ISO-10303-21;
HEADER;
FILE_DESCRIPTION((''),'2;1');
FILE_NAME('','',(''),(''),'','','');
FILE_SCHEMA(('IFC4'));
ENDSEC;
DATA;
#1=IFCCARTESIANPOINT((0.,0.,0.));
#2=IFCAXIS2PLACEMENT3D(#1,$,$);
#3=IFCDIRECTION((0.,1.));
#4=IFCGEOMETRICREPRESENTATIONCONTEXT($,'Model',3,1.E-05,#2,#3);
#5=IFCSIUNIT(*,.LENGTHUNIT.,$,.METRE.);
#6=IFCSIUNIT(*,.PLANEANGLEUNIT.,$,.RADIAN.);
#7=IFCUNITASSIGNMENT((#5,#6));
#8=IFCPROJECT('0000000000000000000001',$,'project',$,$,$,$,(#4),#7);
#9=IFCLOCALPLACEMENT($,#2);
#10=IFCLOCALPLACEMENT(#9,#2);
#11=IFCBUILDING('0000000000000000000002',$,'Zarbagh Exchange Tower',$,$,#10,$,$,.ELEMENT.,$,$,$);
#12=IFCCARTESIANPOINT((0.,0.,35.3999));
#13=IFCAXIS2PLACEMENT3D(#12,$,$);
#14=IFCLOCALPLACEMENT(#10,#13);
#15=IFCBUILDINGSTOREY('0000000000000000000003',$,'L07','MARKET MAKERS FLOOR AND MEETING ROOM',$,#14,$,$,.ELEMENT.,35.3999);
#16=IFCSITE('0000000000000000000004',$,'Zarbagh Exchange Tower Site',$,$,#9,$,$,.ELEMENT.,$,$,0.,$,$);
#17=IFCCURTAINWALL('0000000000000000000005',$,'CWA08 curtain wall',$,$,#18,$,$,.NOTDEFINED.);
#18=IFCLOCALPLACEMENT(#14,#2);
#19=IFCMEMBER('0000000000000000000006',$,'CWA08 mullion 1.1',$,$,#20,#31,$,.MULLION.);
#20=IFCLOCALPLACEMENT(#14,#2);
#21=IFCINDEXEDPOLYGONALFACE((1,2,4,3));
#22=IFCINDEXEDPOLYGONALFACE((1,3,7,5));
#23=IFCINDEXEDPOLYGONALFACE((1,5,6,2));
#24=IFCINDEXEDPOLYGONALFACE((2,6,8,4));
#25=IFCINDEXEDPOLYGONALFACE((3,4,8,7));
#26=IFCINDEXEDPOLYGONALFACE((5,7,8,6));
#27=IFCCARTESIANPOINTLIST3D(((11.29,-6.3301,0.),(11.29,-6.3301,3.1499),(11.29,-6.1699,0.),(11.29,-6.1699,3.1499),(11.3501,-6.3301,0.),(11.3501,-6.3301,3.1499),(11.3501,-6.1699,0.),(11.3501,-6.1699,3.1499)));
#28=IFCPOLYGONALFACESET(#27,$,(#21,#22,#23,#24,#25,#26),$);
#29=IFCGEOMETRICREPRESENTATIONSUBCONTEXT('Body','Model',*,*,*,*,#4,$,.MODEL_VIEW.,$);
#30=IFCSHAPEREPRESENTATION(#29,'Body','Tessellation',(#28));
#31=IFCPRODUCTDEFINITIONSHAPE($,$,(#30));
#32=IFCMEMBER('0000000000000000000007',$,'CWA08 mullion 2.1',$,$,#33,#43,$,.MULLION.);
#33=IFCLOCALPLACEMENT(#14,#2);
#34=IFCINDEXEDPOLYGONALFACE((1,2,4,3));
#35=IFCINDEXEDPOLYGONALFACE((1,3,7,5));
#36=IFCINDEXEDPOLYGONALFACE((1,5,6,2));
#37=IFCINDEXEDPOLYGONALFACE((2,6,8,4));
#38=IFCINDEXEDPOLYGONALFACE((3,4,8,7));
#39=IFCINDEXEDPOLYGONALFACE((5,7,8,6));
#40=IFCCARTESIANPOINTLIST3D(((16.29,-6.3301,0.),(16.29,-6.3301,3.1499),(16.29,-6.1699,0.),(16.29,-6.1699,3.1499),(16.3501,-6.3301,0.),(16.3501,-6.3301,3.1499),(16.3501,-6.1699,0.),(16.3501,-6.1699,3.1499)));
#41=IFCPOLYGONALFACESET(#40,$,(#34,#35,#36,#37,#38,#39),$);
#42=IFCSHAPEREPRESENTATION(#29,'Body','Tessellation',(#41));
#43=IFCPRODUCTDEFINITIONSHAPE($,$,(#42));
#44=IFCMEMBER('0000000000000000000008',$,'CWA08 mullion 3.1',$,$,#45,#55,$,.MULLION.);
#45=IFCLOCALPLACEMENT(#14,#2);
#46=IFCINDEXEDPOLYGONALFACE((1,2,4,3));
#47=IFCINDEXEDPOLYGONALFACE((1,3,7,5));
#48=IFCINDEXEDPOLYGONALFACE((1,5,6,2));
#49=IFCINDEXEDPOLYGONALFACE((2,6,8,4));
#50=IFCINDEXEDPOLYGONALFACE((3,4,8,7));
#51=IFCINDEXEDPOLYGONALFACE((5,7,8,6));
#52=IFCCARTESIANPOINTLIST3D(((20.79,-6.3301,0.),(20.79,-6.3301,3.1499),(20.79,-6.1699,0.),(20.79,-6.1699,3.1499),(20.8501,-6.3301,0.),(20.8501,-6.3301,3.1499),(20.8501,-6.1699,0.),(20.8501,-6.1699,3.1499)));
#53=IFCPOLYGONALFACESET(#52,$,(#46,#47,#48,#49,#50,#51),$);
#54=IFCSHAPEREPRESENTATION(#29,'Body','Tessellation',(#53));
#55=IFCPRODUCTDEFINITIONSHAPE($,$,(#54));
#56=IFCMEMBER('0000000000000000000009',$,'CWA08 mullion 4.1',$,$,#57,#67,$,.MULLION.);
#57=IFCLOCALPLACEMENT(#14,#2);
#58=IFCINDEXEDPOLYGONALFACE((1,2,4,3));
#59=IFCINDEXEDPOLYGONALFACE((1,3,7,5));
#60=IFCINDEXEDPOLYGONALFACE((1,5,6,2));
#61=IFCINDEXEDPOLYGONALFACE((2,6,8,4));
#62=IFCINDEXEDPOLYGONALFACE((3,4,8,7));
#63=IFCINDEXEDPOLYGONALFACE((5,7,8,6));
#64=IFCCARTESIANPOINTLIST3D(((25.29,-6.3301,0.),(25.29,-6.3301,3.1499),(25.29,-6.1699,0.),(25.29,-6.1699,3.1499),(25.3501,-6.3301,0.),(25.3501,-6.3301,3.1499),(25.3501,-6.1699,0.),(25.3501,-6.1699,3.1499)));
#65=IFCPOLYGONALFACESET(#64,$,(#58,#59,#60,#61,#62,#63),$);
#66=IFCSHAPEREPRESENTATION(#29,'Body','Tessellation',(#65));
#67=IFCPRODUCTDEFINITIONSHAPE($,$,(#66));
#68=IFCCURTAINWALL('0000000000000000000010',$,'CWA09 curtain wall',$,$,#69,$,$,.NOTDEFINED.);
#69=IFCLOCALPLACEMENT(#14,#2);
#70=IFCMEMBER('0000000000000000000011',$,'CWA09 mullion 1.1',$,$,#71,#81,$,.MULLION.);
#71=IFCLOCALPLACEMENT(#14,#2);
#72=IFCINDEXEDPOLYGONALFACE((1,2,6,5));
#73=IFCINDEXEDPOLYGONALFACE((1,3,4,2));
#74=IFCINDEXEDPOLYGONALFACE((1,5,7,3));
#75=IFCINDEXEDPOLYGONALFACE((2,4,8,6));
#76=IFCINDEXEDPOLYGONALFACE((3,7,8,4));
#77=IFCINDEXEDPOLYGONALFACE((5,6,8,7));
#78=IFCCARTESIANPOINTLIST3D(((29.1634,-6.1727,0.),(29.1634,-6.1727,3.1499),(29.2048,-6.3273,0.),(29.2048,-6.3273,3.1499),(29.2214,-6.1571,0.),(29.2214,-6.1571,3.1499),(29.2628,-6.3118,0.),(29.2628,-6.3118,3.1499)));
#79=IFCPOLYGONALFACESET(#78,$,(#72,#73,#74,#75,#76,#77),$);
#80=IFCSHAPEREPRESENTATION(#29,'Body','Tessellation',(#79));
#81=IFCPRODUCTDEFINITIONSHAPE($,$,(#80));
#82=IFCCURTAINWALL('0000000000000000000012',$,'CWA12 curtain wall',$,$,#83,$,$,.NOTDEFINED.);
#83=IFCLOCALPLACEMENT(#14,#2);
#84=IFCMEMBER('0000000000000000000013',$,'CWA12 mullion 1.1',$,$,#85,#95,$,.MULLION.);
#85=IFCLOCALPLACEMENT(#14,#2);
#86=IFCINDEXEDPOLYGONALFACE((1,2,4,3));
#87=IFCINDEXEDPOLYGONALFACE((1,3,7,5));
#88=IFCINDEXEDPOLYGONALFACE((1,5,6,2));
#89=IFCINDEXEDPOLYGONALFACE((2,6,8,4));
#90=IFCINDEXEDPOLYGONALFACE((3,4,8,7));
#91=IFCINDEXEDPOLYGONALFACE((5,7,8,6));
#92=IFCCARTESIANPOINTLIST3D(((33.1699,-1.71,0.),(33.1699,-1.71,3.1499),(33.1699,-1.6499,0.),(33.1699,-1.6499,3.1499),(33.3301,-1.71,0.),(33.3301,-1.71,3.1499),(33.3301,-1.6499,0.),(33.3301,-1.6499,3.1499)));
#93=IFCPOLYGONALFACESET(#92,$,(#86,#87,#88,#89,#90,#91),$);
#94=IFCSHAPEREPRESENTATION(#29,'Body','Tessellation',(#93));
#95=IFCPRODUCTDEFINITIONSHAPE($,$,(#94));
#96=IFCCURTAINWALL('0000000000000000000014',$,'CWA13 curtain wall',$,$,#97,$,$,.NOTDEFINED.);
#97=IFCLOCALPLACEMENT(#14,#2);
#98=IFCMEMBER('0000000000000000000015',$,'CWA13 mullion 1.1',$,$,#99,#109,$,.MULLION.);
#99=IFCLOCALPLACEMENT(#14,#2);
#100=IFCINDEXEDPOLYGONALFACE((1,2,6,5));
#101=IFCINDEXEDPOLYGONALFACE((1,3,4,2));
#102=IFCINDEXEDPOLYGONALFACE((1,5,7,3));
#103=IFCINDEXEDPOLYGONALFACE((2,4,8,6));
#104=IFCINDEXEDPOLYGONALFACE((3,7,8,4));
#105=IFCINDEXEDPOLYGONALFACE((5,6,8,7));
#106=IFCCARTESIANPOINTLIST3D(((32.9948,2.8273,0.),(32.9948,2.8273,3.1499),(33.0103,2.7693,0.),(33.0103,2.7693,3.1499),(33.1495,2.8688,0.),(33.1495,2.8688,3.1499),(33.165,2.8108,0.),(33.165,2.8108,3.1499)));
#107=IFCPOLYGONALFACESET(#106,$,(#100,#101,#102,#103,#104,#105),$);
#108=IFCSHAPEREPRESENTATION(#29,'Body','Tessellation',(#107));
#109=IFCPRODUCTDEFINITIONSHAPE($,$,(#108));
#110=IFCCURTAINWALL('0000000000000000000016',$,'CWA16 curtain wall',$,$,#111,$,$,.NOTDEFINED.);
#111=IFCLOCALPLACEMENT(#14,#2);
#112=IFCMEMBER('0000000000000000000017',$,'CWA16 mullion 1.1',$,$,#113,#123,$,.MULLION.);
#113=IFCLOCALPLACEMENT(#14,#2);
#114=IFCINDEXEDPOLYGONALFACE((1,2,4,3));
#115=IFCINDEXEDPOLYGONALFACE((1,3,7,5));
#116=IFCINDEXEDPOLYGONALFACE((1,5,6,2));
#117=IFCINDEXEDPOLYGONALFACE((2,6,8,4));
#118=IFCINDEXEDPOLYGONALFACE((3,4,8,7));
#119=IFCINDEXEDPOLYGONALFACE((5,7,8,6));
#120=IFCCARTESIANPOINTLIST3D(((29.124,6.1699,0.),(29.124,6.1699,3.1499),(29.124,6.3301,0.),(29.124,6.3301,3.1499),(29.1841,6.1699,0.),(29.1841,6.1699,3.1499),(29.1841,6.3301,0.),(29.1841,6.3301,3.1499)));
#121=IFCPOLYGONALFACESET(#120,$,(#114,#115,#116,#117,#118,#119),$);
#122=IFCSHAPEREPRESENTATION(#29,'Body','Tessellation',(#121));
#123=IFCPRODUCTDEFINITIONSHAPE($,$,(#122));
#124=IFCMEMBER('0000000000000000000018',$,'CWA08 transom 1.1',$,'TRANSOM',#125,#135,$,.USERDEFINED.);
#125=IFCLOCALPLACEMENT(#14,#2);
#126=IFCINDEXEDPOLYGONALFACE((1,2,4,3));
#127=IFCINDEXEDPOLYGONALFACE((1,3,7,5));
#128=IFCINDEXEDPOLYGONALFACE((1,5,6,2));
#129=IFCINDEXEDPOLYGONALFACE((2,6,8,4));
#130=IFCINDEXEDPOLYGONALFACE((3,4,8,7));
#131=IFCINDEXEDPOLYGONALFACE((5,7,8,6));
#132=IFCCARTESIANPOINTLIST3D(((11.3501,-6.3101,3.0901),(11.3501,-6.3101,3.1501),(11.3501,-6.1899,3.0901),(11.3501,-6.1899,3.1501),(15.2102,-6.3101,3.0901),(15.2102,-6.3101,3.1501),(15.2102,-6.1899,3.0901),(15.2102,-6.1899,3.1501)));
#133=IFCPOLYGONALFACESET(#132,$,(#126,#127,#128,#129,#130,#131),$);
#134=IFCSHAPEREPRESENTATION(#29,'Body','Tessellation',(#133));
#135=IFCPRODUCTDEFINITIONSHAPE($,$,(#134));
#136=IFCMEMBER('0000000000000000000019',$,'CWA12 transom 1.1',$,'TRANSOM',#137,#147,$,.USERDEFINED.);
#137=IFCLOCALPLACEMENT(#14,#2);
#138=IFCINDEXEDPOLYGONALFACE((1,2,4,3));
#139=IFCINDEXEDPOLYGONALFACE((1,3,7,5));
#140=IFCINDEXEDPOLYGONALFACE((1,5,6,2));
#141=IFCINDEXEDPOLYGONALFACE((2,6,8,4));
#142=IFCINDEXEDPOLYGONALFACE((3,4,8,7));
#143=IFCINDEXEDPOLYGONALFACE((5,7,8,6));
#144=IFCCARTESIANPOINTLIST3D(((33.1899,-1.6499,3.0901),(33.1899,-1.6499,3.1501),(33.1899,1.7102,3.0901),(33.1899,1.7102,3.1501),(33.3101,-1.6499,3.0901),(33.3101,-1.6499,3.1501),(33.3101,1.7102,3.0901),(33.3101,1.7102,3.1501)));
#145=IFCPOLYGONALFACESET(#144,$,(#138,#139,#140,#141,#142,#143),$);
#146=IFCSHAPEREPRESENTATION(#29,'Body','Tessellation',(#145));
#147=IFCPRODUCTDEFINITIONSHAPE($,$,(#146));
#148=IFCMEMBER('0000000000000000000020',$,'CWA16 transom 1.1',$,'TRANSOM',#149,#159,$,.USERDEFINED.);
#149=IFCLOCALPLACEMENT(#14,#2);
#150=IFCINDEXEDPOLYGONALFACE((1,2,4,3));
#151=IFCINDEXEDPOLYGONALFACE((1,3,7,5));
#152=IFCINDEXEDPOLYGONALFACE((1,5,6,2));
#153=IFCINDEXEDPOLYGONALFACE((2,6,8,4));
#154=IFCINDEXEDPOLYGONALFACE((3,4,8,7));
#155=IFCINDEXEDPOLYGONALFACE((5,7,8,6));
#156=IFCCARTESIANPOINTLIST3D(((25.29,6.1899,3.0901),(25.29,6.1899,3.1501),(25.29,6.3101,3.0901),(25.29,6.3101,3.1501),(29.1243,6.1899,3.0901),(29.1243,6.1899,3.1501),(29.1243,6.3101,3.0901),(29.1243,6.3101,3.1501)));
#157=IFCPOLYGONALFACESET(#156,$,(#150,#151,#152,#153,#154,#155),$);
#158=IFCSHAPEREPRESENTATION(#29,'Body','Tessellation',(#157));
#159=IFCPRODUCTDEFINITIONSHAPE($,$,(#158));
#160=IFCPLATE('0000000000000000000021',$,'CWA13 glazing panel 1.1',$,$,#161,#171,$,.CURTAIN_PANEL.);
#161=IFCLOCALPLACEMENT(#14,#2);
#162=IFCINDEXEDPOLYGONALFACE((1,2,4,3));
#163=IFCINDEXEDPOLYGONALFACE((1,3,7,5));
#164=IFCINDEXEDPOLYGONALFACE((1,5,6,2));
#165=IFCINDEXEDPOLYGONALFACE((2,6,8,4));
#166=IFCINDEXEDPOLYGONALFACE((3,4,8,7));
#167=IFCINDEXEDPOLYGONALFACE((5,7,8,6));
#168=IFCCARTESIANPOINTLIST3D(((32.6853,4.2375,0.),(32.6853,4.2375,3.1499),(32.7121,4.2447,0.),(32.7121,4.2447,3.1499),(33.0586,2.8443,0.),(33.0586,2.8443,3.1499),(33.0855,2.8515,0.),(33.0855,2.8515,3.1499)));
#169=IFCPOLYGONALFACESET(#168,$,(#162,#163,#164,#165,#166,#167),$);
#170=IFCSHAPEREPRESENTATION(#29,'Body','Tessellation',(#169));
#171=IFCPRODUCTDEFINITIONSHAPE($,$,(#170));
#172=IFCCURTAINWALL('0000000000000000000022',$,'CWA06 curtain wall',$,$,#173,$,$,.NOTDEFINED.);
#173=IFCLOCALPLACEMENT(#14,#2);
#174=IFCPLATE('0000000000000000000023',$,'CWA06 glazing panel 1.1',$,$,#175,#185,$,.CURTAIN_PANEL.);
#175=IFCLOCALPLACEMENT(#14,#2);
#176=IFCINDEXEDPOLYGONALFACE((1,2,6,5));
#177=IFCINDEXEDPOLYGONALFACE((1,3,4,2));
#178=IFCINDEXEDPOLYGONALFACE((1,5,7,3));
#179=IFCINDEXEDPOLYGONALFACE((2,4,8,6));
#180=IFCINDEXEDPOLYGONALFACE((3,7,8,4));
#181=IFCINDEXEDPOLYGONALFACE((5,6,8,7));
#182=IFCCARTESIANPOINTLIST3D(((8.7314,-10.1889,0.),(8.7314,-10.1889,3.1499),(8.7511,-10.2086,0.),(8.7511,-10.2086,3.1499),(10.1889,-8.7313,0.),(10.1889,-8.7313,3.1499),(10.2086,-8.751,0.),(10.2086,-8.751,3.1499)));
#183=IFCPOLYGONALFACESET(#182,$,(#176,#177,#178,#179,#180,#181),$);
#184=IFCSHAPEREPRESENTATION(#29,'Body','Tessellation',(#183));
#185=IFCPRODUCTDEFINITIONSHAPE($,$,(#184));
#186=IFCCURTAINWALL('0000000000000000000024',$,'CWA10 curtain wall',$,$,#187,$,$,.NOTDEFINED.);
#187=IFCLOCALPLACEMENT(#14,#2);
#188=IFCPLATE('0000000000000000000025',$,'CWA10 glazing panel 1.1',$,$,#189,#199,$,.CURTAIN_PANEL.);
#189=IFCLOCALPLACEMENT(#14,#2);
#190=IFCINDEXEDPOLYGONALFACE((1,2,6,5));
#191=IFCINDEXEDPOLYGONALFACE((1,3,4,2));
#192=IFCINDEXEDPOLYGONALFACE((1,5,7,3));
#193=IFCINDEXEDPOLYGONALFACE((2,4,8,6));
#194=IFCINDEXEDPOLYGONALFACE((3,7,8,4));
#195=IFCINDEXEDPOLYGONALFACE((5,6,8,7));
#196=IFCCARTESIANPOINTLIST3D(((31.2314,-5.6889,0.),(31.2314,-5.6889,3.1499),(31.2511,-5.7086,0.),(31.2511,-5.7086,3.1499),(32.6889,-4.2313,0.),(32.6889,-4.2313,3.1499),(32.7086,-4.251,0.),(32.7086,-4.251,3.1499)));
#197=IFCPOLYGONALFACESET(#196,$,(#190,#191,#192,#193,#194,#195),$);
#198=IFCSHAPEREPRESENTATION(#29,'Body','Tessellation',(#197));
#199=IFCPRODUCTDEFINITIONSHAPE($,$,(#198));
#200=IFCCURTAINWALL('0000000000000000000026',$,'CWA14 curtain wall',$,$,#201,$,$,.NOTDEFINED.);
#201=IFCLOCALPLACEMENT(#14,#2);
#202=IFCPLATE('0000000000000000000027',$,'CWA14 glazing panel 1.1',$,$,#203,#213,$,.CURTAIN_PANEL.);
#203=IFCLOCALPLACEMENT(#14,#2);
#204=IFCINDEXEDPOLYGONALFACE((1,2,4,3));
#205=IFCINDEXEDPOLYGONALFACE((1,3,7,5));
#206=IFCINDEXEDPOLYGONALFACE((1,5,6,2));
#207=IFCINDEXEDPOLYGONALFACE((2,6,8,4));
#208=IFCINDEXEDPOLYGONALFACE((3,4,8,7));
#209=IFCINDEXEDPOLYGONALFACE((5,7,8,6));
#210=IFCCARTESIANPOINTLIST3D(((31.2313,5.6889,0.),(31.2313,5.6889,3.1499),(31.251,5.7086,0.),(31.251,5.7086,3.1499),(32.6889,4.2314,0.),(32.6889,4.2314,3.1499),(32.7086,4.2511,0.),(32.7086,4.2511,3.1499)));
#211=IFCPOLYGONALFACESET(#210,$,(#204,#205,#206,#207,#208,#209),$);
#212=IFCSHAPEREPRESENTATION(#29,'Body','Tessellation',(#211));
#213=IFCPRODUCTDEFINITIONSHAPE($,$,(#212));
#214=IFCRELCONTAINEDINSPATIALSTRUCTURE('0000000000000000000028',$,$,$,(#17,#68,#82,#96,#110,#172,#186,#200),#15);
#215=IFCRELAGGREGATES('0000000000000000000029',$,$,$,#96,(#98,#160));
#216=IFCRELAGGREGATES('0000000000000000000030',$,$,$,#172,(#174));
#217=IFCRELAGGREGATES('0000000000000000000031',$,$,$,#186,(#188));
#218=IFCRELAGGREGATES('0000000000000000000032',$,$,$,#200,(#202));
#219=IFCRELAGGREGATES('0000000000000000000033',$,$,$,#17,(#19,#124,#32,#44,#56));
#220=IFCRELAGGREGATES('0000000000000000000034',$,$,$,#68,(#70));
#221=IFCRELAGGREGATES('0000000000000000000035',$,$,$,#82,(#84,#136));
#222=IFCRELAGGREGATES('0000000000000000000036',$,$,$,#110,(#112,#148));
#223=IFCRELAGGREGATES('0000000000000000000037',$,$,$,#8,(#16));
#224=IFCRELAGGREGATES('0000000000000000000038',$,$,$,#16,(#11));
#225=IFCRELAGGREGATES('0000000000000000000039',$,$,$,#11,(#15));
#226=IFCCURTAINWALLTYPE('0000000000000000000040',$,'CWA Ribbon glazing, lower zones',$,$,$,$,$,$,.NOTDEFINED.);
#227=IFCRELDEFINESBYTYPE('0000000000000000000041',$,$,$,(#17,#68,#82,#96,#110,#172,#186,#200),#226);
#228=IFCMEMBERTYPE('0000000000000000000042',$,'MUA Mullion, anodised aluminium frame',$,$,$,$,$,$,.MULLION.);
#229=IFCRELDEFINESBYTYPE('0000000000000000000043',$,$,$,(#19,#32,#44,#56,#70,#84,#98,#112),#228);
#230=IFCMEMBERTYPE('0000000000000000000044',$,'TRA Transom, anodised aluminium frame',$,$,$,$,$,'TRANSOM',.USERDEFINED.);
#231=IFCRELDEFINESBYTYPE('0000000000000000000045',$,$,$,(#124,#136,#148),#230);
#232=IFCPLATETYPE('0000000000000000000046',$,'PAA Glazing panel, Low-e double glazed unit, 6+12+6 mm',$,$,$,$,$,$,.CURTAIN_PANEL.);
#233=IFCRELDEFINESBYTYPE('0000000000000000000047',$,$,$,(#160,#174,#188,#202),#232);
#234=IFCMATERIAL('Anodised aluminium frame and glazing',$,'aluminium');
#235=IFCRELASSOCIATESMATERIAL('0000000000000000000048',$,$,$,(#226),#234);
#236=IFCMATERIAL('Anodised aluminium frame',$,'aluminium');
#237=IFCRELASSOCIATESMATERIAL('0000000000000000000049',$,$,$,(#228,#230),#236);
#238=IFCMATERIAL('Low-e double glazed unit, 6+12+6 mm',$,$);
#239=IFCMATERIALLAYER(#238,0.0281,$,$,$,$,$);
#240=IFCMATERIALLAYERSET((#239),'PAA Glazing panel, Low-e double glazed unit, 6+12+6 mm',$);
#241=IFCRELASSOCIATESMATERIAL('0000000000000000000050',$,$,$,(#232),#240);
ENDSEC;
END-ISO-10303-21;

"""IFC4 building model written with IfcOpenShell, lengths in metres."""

from ifc_helpers import new_model, si_unit, direction, frame, origin, place, context, subcontext, project, spatial, polyline, outline, extrude, source, transform, mapped, material, layer, layer_set, type_object, element, aggregate, save


model = new_model("IFC4")

# Units and contexts
model_context = context("Model", 3, precision=1e-05, world=origin(), true_north=direction((0.0, 1.0)))
body_context = subcontext(model_context, "Body", "Model", "MODEL_VIEW")
ifc_project = project(units=[si_unit("LENGTHUNIT", "METRE"), si_unit("PLANEANGLEUNIT", "RADIAN")], contexts=[model_context])

# Site, building, storey
site_placement = place(None, origin())
site = spatial("IfcSite", under=ifc_project, at=site_placement, Name="Zarbagh Exchange Tower Site", CompositionType="ELEMENT", RefElevation=0.0)
building_placement = place(site_placement, origin())
building = spatial("IfcBuilding", under=site, at=building_placement, Name="Zarbagh Exchange Tower", CompositionType="ELEMENT")
storey_placement = place(building_placement, frame((0.0, 0.0, 35.3999)))
storey = spatial("IfcBuildingStorey", under=building, at=storey_placement, Name="L07", Description="MARKET MAKERS FLOOR AND MEETING ROOM", CompositionType="ELEMENT", Elevation=35.3999)

# Curtain wall, members
ifc_material_1 = material(Name="Anodised aluminium frame and glazing", Category="aluminium")
curtain_wall_type = type_object("IfcCurtainWallType", Name="CWA Ribbon glazing, lower zones", PredefinedType="NOTDEFINED", material=ifc_material_1)
curtain_wall_1_placement = place(storey_placement, origin())
curtain_wall_1 = element("IfcCurtainWall", 1, at=curtain_wall_1_placement, inside=storey, type_object=curtain_wall_type, Name="CWA08 curtain wall", PredefinedType="NOTDEFINED")
ifc_material_2 = material(Name="Anodised aluminium frame", Category="aluminium")
member_type_1 = type_object("IfcMemberType", Name="MUA Mullion, anodised aluminium frame", PredefinedType="MULLION", material=ifc_material_2)
shared_shape_1 = source(origin(), body_context, "Body", "SweptSolid", [
    extrude(outline(polyline([(0.0, -0.0801), (0.0601, -0.0801), (0.0601, 0.0801), (0.0, 0.0801), (0.0, -0.0801)])), origin(), (0.0, 0.0, 1.0), 3.1499),
])
placement = place(storey_placement, origin())
member_1 = element("IfcMember", 2, at=placement, type_object=member_type_1, Name="CWA08 mullion 1.1", PredefinedType="MULLION", context=body_context, shape_type="MappedRepresentation", body=[
    mapped(shared_shape_1, transform((11.29, -6.25, 0.0), x_axis=(1.0, 0.0, 0.0), y_axis=(0.0, 1.0, 0.0), z_axis=(0.0, 0.0, 1.0))),
])
member_2 = element("IfcMember", 3, at=placement, type_object=member_type_1, Name="CWA08 mullion 2.1", PredefinedType="MULLION", context=body_context, shape_type="MappedRepresentation", body=[
    mapped(shared_shape_1, transform((16.29, -6.25, 0.0), x_axis=(1.0, 0.0, 0.0), y_axis=(0.0, 1.0, 0.0), z_axis=(0.0, 0.0, 1.0))),
])
member_3 = element("IfcMember", 4, at=placement, type_object=member_type_1, Name="CWA08 mullion 3.1", PredefinedType="MULLION", context=body_context, shape_type="MappedRepresentation", body=[
    mapped(shared_shape_1, transform((20.79, -6.25, 0.0), x_axis=(1.0, 0.0, 0.0), y_axis=(0.0, 1.0, 0.0), z_axis=(0.0, 0.0, 1.0))),
])
member_4 = element("IfcMember", 5, at=placement, type_object=member_type_1, Name="CWA08 mullion 4.1", PredefinedType="MULLION", context=body_context, shape_type="MappedRepresentation", body=[
    mapped(shared_shape_1, transform((25.29, -6.25, 0.0), x_axis=(1.0, 0.0, 0.0), y_axis=(0.0, 1.0, 0.0), z_axis=(0.0, 0.0, 1.0))),
])

# Curtain walls, members
curtain_wall_2_placement = place(storey_placement, origin())
curtain_wall_2 = element("IfcCurtainWall", 6, at=curtain_wall_2_placement, inside=storey, type_object=curtain_wall_type, Name="CWA09 curtain wall", PredefinedType="NOTDEFINED")
member_5 = element("IfcMember", 7, at=placement, type_object=member_type_1, Name="CWA09 mullion 1.1", PredefinedType="MULLION", context=body_context, shape_type="MappedRepresentation", body=[
    mapped(shared_shape_1, transform((29.1841, -6.25, 0.0), x_axis=(0.965924, 0.258825, 0.0), y_axis=(-0.258825, 0.965924, 0.0), z_axis=(0.0, 0.0, 1.0))),
])
curtain_wall_3_placement = place(storey_placement, origin())
curtain_wall_3 = element("IfcCurtainWall", 8, at=curtain_wall_3_placement, inside=storey, type_object=curtain_wall_type, Name="CWA12 curtain wall", PredefinedType="NOTDEFINED")
member_6 = element("IfcMember", 9, at=placement, type_object=member_type_1, Name="CWA12 mullion 1.1", PredefinedType="MULLION", context=body_context, shape_type="MappedRepresentation", body=[
    mapped(shared_shape_1, transform((33.25, -1.71, 0.0), x_axis=(0.0, 1.0, 0.0), y_axis=(-1.0, 0.0, 0.0), z_axis=(0.0, 0.0, 1.0))),
])
curtain_wall_4_placement = place(storey_placement, origin())
curtain_wall_4 = element("IfcCurtainWall", 10, at=curtain_wall_4_placement, inside=storey, type_object=curtain_wall_type, Name="CWA13 curtain wall", PredefinedType="NOTDEFINED")
member_7 = element("IfcMember", 11, at=placement, type_object=member_type_1, Name="CWA13 mullion 1.1", PredefinedType="MULLION", context=body_context, shape_type="MappedRepresentation", body=[
    mapped(shared_shape_1, transform((33.0876, 2.79, 0.0), x_axis=(-0.258825, 0.965924, 0.0), y_axis=(-0.965924, -0.258825, 0.0), z_axis=(0.0, 0.0, 1.0))),
])
curtain_wall_5_placement = place(storey_placement, origin())
curtain_wall_5 = element("IfcCurtainWall", 12, at=curtain_wall_5_placement, inside=storey, type_object=curtain_wall_type, Name="CWA16 curtain wall", PredefinedType="NOTDEFINED")
member_8 = element("IfcMember", 13, at=placement, type_object=member_type_1, Name="CWA16 mullion 1.1", PredefinedType="MULLION", context=body_context, shape_type="MappedRepresentation", body=[
    mapped(shared_shape_1, transform((29.1841, 6.25, 0.0), x_axis=(-1.0, 0.0, 0.0), y_axis=(0.0, -1.0, 0.0), z_axis=(0.0, 0.0, 1.0))),
])

# Members
member_type_2 = type_object("IfcMemberType", Name="TRA Transom, anodised aluminium frame", ElementType="TRANSOM", PredefinedType="USERDEFINED", material=ifc_material_2)
shared_shape_2 = source(origin(), body_context, "Body", "SweptSolid", [
    extrude(outline(polyline([(-0.0601, -0.0601), (0.0, -0.0601), (0.0, 0.0601), (-0.0601, 0.0601), (-0.0601, -0.0601)])), origin(), (0.0, 0.0, 1.0), 3.8601),
])
member_9 = element("IfcMember", 14, at=placement, type_object=member_type_2, Name="CWA08 transom 1.1", ObjectType="TRANSOM", PredefinedType="USERDEFINED", context=body_context, shape_type="MappedRepresentation", body=[
    mapped(shared_shape_2, transform((11.3501, -6.25, 3.1501), x_axis=(0.0, 0.0, 1.0), y_axis=(0.0, -1.0, 0.0), z_axis=(1.0, 0.0, 0.0))),
])
shared_shape_3 = source(origin(), body_context, "Body", "SweptSolid", [
    extrude(outline(polyline([(-0.0601, -0.0601), (0.0, -0.0601), (0.0, 0.0601), (-0.0601, 0.0601), (-0.0601, -0.0601)])), origin(), (0.0, 0.0, 1.0), 3.3601),
])
member_10 = element("IfcMember", 15, at=placement, type_object=member_type_2, Name="CWA12 transom 1.1", ObjectType="TRANSOM", PredefinedType="USERDEFINED", context=body_context, shape_type="MappedRepresentation", body=[
    mapped(shared_shape_3, transform((33.25, -1.6499, 3.1501), x_axis=(0.0, 0.0, 1.0), y_axis=(1.0, 0.0, 0.0), z_axis=(0.0, 1.0, 0.0))),
])
shared_shape_4 = source(origin(), body_context, "Body", "SweptSolid", [
    extrude(outline(polyline([(-0.0601, -0.0601), (0.0, -0.0601), (0.0, 0.0601), (-0.0601, 0.0601), (-0.0601, -0.0601)])), origin(), (0.0, 0.0, 1.0), 3.8342),
])
member_11 = element("IfcMember", 16, at=placement, type_object=member_type_2, Name="CWA16 transom 1.1", ObjectType="TRANSOM", PredefinedType="USERDEFINED", context=body_context, shape_type="MappedRepresentation", body=[
    mapped(shared_shape_4, transform((29.1243, 6.25, 3.1501), x_axis=(0.0, 0.0, 1.0), y_axis=(0.0, 1.0, 0.0), z_axis=(-1.0, 0.0, 0.0))),
])

# Plate
ifc_material_3 = material(Name="Low-e double glazed unit, 6+12+6 mm")
ifc_layer = layer(ifc_material_3, 0.0281)
ifc_layer_set = layer_set([ifc_layer], Name="PAA Glazing panel, Low-e double glazed unit, 6+12+6 mm")
plate_type = type_object("IfcPlateType", Name="PAA Glazing panel, Low-e double glazed unit, 6+12+6 mm", PredefinedType="CURTAIN_PANEL", material=ifc_layer_set)
shared_shape_5 = source(origin(), body_context, "Body", "SweptSolid", [
    extrude(outline(polyline([(0.0, -0.0139), (1.4424, -0.0139), (1.4424, 0.0139), (0.0, 0.0139), (0.0, -0.0139)])), origin(), (0.0, 0.0, 1.0), 3.1499),
])
plate_1 = element("IfcPlate", 17, at=placement, type_object=plate_type, Name="CWA13 glazing panel 1.1", PredefinedType="CURTAIN_PANEL", context=body_context, shape_type="MappedRepresentation", body=[
    mapped(shared_shape_5, transform((33.072, 2.8479, 0.0), x_axis=(-0.258825, 0.965924, 0.0), y_axis=(-0.965924, -0.258825, 0.0), z_axis=(0.0, 0.0, 1.0))),
])
aggregate(curtain_wall_4, [member_7, plate_1])

# Curtain walls, plates
curtain_wall_6_placement = place(storey_placement, origin())
curtain_wall_6 = element("IfcCurtainWall", 18, at=curtain_wall_6_placement, inside=storey, type_object=curtain_wall_type, Name="CWA06 curtain wall", PredefinedType="NOTDEFINED")
shared_shape_6 = source(origin(), body_context, "Body", "SweptSolid", [
    extrude(outline(polyline([(0.0, -0.0139), (2.0613, -0.0139), (2.0613, 0.0139), (0.0, 0.0139), (0.0, -0.0139)])), origin(), (0.0, 0.0, 1.0), 3.1499),
])
plate_2 = element("IfcPlate", 19, at=placement, type_object=plate_type, Name="CWA06 glazing panel 1.1", PredefinedType="CURTAIN_PANEL", context=body_context, shape_type="MappedRepresentation", body=[
    mapped(shared_shape_6, transform((8.7412, -10.1987, 0.0), x_axis=(0.707107, 0.707107, 0.0), y_axis=(-0.707107, 0.707107, 0.0), z_axis=(0.0, 0.0, 1.0))),
])
aggregate(curtain_wall_6, [plate_2])
curtain_wall_7_placement = place(storey_placement, origin())
curtain_wall_7 = element("IfcCurtainWall", 20, at=curtain_wall_7_placement, inside=storey, type_object=curtain_wall_type, Name="CWA10 curtain wall", PredefinedType="NOTDEFINED")
plate_3 = element("IfcPlate", 21, at=placement, type_object=plate_type, Name="CWA10 glazing panel 1.1", PredefinedType="CURTAIN_PANEL", context=body_context, shape_type="MappedRepresentation", body=[
    mapped(shared_shape_6, transform((31.2412, -5.6987, 0.0), x_axis=(0.707107, 0.707107, 0.0), y_axis=(-0.707107, 0.707107, 0.0), z_axis=(0.0, 0.0, 1.0))),
])
aggregate(curtain_wall_7, [plate_3])
curtain_wall_8_placement = place(storey_placement, origin())
curtain_wall_8 = element("IfcCurtainWall", 22, at=curtain_wall_8_placement, inside=storey, type_object=curtain_wall_type, Name="CWA14 curtain wall", PredefinedType="NOTDEFINED")
plate_4 = element("IfcPlate", 23, at=placement, type_object=plate_type, Name="CWA14 glazing panel 1.1", PredefinedType="CURTAIN_PANEL", context=body_context, shape_type="MappedRepresentation", body=[
    mapped(shared_shape_6, transform((32.6987, 4.2412, 0.0), x_axis=(-0.707107, 0.707107, 0.0), y_axis=(-0.707107, -0.707107, 0.0), z_axis=(0.0, 0.0, 1.0))),
])
aggregate(curtain_wall_8, [plate_4])

aggregate(curtain_wall_1, [member_1, member_9, member_2, member_3, member_4])
aggregate(curtain_wall_2, [member_5])

aggregate(curtain_wall_3, [member_6, member_10])
aggregate(curtain_wall_5, [member_8, member_11])

save(model, "model.ifc")
